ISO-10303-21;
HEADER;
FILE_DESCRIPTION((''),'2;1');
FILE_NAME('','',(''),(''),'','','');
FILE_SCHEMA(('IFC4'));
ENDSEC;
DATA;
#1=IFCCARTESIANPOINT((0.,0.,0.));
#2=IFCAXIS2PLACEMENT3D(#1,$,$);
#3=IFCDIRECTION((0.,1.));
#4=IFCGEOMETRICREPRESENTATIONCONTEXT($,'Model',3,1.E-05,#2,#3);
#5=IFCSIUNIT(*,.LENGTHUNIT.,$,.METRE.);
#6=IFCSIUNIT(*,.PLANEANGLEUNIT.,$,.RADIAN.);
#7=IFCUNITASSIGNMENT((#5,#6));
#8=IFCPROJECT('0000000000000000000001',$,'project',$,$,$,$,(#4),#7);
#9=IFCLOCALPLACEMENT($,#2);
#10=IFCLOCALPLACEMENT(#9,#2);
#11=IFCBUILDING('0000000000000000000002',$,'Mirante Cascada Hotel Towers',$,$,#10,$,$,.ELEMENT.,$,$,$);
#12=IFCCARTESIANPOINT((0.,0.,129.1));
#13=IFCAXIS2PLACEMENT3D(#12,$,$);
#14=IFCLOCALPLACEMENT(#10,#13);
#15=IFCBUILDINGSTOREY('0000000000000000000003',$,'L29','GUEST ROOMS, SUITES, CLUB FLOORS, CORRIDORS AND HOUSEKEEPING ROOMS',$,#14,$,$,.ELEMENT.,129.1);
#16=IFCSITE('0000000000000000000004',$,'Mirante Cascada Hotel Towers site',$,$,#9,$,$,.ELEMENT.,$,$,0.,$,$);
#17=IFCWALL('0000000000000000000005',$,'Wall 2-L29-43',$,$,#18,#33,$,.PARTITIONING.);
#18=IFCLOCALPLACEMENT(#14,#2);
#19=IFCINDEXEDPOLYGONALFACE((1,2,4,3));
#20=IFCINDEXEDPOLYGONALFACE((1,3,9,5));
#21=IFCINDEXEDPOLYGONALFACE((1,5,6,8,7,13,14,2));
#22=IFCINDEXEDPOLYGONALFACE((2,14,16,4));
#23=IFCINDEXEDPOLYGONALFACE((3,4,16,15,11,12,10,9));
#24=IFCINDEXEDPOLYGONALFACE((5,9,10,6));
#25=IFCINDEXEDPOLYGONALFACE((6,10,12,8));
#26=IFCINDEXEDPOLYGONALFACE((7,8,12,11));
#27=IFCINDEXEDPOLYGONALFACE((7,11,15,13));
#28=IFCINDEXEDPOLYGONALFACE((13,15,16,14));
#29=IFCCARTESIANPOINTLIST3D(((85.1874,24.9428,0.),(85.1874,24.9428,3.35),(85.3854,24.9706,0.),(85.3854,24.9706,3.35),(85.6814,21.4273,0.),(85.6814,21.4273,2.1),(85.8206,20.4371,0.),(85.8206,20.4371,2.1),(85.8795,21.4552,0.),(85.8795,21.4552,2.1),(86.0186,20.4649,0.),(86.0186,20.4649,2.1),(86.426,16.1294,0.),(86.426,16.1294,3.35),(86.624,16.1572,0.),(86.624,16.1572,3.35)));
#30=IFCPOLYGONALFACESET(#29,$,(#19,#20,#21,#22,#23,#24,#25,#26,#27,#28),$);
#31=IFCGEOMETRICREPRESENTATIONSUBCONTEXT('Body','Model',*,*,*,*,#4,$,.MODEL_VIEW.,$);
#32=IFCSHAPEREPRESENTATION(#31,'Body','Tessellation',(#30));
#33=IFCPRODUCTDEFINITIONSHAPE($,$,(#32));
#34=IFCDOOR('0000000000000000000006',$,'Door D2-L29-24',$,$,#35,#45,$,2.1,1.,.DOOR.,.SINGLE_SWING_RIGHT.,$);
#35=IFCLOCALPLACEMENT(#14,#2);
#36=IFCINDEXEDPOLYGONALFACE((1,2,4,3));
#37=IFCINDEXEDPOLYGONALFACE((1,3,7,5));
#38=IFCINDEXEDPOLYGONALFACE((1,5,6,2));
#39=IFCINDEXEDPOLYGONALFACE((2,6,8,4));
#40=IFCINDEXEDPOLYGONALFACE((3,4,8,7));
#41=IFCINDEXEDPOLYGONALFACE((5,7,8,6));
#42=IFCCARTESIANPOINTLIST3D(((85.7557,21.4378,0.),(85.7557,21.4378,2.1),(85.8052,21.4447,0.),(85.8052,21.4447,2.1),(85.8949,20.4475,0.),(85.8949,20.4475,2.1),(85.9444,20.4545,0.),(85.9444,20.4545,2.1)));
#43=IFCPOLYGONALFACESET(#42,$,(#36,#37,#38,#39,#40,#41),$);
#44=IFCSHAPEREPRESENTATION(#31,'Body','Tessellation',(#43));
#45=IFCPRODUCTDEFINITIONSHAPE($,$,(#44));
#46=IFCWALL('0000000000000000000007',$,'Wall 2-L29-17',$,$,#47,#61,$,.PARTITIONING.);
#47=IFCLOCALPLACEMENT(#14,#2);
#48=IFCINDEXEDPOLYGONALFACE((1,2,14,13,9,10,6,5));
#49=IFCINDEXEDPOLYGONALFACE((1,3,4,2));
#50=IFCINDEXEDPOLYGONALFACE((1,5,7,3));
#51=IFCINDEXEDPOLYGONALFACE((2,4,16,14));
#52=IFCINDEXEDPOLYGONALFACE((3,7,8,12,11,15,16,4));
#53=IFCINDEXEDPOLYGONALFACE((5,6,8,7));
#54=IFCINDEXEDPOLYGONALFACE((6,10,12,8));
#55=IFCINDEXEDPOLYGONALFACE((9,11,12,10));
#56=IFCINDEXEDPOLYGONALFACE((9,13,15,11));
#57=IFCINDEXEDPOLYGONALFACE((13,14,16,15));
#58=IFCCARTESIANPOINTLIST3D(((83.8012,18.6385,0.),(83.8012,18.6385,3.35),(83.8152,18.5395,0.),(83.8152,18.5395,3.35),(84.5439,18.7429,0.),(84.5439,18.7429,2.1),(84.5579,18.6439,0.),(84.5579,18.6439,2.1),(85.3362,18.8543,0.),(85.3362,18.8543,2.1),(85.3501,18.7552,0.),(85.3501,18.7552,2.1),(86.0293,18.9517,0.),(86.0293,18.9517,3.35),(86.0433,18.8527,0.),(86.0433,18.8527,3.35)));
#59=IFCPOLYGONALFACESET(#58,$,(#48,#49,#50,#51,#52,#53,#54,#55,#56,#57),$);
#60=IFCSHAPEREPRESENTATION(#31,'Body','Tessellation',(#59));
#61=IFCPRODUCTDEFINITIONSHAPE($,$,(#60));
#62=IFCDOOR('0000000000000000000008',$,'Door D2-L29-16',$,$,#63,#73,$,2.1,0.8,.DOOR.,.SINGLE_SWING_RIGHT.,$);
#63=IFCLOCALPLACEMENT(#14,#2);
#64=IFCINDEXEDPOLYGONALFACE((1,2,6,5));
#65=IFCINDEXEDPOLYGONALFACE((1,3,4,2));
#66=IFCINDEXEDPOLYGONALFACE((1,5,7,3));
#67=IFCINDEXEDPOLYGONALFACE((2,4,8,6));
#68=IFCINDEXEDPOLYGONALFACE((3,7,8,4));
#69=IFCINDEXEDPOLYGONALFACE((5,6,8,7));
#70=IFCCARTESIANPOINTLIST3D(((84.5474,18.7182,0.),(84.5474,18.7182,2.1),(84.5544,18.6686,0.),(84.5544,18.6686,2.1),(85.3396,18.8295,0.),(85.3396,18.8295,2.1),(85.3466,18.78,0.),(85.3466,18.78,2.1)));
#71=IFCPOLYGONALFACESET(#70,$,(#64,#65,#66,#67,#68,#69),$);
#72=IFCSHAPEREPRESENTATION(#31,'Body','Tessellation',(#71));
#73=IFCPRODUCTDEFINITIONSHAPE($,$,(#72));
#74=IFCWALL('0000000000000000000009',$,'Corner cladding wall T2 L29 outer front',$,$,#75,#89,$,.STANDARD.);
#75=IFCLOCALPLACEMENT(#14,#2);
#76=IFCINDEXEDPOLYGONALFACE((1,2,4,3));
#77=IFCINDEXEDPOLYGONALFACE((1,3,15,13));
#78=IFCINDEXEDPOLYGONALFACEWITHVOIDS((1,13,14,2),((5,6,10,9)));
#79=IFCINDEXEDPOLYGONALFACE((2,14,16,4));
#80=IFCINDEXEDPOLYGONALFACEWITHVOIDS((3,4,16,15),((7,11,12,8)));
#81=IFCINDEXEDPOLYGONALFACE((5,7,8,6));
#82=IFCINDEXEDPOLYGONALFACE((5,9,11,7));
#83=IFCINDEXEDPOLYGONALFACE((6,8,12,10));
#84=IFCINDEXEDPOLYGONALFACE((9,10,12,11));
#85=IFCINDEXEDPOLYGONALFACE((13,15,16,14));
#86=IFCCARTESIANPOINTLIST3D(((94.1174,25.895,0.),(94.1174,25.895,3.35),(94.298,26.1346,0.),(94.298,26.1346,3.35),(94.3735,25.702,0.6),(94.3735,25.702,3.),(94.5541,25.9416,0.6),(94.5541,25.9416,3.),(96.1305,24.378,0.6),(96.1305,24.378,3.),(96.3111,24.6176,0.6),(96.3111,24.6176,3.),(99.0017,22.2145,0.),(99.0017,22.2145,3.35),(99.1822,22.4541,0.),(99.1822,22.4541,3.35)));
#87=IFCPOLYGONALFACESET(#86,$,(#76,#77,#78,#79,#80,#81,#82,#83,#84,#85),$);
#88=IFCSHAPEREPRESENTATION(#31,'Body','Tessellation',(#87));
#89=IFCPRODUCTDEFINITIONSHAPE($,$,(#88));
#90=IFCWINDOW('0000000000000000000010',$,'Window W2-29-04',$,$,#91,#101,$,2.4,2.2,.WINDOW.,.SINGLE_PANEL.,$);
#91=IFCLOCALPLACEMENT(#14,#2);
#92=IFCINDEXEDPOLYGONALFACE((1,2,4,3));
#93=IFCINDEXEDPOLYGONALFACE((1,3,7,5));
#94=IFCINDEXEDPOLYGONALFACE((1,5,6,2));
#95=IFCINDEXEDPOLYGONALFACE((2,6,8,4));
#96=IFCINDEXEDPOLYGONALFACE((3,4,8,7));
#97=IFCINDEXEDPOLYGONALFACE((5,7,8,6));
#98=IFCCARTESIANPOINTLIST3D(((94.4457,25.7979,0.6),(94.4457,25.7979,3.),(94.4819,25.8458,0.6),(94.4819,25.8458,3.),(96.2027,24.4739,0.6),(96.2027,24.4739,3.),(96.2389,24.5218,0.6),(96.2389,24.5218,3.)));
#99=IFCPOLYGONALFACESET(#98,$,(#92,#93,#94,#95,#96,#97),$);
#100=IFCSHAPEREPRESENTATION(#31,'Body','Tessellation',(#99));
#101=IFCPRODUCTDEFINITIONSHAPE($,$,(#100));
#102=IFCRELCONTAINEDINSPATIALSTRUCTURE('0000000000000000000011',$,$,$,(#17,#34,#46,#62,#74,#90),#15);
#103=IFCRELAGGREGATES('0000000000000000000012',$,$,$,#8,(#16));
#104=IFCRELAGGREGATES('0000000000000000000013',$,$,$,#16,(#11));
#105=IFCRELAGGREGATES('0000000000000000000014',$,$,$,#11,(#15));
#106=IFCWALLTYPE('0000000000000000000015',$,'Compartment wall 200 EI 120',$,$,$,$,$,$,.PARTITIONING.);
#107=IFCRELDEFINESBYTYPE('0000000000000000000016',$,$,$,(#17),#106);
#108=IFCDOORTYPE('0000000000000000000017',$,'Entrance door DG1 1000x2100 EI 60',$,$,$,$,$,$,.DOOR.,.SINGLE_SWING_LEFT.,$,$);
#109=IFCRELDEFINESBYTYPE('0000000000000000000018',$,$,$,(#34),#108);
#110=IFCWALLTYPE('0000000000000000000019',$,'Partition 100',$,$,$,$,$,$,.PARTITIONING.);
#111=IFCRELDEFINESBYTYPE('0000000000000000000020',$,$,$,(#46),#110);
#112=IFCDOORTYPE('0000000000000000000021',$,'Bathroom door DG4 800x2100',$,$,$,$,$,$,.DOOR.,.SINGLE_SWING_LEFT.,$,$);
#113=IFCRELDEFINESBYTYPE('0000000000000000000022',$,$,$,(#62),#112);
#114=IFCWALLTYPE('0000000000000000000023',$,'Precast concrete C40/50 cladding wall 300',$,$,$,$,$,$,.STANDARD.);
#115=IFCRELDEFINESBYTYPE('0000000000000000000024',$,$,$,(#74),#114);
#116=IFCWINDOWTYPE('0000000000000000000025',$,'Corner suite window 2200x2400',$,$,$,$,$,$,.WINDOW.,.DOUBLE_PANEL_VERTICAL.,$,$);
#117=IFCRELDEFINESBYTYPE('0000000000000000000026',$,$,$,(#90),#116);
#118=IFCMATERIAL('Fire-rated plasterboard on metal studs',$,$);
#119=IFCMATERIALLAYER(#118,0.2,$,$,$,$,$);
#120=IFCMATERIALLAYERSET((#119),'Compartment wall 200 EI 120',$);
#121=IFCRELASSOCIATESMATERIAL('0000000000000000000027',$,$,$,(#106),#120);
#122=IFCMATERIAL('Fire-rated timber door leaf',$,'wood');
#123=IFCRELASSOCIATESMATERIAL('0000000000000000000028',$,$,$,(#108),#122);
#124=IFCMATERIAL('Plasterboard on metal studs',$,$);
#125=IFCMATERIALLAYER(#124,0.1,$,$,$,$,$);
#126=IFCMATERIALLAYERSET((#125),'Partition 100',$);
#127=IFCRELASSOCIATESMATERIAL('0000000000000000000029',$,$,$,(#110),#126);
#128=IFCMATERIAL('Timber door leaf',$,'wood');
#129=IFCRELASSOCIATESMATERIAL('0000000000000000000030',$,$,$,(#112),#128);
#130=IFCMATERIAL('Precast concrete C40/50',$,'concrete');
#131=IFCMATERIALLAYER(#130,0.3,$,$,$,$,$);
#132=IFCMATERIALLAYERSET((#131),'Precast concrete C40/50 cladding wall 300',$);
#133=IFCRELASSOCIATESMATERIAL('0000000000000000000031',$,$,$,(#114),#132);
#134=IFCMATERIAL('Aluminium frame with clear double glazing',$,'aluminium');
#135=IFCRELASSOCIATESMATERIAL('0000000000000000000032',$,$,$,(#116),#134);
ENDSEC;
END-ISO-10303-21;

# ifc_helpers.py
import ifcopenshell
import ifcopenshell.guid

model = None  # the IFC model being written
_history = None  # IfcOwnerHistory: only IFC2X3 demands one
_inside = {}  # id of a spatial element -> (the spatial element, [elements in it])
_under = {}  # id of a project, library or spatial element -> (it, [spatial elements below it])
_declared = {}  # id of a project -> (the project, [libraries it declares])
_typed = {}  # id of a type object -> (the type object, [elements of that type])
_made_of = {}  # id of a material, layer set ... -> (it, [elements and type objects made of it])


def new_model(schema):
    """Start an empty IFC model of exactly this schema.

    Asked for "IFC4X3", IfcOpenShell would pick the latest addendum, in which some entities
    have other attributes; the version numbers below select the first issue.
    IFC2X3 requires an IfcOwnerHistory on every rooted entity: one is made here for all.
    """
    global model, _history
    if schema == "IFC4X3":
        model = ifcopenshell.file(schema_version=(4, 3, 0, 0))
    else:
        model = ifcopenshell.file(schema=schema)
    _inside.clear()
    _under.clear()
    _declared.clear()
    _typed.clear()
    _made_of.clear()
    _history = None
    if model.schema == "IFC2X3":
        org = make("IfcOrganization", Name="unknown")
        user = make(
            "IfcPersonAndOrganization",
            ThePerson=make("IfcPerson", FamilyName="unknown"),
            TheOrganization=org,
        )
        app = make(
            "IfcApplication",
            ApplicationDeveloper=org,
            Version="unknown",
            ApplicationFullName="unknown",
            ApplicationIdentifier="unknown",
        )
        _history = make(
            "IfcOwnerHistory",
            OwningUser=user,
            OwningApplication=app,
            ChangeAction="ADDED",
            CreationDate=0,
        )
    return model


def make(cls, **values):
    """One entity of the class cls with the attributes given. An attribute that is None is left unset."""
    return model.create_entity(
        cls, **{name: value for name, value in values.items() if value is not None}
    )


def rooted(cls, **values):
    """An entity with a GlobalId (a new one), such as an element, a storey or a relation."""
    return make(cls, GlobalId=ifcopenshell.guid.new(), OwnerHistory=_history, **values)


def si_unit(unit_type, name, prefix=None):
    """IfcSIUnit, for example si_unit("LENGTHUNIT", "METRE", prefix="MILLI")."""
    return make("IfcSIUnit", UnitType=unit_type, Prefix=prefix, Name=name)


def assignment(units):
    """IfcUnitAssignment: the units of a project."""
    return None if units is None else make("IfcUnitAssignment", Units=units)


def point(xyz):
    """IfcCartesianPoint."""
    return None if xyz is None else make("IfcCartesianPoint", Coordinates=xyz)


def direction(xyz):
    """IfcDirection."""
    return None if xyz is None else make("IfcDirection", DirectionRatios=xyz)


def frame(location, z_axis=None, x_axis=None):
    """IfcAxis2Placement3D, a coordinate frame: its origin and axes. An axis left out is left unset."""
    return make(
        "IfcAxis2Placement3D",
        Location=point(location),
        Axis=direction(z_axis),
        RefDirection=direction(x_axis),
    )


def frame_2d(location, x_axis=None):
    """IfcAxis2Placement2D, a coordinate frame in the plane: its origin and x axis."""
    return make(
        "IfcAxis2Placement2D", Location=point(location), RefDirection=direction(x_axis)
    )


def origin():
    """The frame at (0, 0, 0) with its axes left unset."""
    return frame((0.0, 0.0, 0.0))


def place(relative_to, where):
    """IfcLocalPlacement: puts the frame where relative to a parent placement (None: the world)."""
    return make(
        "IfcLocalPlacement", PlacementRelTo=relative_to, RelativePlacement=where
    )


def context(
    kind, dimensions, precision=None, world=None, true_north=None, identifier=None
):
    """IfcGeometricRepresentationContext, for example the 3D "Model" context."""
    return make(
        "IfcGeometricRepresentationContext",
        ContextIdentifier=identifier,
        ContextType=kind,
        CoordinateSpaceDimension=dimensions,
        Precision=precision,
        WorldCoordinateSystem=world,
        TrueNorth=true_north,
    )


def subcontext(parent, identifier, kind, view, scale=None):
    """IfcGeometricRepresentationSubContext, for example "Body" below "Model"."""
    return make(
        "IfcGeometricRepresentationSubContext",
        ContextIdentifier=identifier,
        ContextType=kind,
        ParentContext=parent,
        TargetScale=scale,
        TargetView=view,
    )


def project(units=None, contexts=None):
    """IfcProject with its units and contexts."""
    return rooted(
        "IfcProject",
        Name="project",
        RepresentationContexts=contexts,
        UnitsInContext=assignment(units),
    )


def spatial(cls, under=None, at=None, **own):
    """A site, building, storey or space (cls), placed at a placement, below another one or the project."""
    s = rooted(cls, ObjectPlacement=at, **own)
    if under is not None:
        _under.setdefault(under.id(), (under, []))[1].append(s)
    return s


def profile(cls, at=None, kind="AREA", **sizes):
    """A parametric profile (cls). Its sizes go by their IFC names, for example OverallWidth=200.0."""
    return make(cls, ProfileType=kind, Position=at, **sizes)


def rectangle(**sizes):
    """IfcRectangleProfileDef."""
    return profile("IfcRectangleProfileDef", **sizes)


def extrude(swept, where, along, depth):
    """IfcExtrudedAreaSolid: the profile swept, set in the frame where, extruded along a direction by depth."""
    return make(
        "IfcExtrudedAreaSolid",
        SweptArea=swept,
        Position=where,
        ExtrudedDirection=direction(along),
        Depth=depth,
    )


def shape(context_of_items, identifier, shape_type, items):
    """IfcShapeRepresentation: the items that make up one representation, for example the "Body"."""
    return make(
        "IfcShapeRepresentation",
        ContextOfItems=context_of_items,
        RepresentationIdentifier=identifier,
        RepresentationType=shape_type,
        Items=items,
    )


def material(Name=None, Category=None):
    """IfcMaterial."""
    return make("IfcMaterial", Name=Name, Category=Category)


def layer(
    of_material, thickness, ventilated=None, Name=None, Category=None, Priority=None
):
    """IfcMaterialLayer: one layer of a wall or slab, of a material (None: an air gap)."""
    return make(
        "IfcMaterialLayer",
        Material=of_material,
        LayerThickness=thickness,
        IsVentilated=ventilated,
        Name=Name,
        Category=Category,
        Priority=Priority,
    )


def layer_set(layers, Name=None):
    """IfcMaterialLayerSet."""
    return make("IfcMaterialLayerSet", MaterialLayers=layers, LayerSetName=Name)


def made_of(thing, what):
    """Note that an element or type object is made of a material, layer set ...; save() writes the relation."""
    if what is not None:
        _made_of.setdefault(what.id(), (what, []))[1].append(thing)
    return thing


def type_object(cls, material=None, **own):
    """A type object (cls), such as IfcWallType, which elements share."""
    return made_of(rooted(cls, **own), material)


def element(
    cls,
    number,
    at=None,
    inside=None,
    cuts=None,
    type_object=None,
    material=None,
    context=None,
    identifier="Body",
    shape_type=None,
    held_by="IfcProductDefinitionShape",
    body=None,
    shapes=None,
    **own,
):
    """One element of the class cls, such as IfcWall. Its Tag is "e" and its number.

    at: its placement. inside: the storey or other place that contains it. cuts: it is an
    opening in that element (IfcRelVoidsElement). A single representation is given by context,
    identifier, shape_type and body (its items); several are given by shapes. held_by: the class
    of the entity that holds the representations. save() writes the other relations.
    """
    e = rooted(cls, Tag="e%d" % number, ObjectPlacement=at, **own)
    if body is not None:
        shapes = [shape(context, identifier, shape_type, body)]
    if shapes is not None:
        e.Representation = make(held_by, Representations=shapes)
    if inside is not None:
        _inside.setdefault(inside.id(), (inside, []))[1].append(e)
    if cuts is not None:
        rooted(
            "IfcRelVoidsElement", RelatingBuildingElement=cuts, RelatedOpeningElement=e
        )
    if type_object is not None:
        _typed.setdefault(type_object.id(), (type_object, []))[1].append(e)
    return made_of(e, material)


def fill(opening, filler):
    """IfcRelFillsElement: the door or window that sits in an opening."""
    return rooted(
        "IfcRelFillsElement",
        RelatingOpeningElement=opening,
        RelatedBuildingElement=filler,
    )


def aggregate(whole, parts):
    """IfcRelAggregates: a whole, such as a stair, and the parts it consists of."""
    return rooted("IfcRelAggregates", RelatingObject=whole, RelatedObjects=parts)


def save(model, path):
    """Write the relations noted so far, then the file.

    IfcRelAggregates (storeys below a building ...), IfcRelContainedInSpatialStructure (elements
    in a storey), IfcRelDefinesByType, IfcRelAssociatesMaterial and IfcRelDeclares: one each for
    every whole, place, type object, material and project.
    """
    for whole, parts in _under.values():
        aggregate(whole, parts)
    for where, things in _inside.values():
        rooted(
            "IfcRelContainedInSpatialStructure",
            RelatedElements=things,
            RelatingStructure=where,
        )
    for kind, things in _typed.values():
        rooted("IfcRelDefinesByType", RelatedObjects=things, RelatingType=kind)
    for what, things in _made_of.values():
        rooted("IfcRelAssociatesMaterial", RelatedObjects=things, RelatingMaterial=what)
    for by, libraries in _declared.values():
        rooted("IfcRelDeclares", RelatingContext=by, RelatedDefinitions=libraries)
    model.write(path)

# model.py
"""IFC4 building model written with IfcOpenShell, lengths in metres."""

from ifc_helpers import new_model, si_unit, direction, frame, frame_2d, origin, place, context, subcontext, project, spatial, rectangle, extrude, material, layer, layer_set, type_object, element, fill, save


model = new_model("IFC4")

# Units and contexts
model_context = context("Model", 3, precision=1e-05, world=origin(), true_north=direction((0.0, 1.0)))
body_context = subcontext(model_context, "Body", "Model", "MODEL_VIEW")
ifc_project = project(units=[si_unit("LENGTHUNIT", "METRE"), si_unit("PLANEANGLEUNIT", "RADIAN")], contexts=[model_context])

# Site, building, storey
site_placement = place(None, origin())
site = spatial("IfcSite", under=ifc_project, at=site_placement, Name="Mirante Cascada Hotel Towers site", CompositionType="ELEMENT", RefElevation=0.0)
building_placement = place(site_placement, origin())
building = spatial("IfcBuilding", under=site, at=building_placement, Name="Mirante Cascada Hotel Towers", CompositionType="ELEMENT")
storey_placement = place(building_placement, frame((0.0, 0.0, 129.1)))
storey = spatial("IfcBuildingStorey", under=building, at=storey_placement, Name="L29", Description="GUEST ROOMS, SUITES, CLUB FLOORS, CORRIDORS AND HOUSEKEEPING ROOMS", CompositionType="ELEMENT", Elevation=129.1)

# Shared definitions
ifc_material_1 = material(Name="Fire-rated plasterboard on metal studs")
ifc_layer_1 = layer(ifc_material_1, 0.2)
ifc_layer_set_1 = layer_set([ifc_layer_1], Name="Compartment wall 200 EI 120")
wall_type_1 = type_object("IfcWallType", Name="Compartment wall 200 EI 120", PredefinedType="PARTITIONING", material=ifc_layer_set_1)

# Walls, openings, doors
wall_1_placement = place(storey_placement, frame((85.2864, 24.9567, 0.0), z_axis=(0.0, 0.0, 1.0), x_axis=(0.139168, -0.990269, 0.0)))
wall_1 = element("IfcWall", 1, at=wall_1_placement, inside=storey, type_object=wall_type_1, Name="Wall 2-L29-43", PredefinedType="PARTITIONING", context=body_context, shape_type="SweptSolid", body=[
    extrude(rectangle(XDim=8.9, YDim=0.2, at=frame_2d((4.45, 0.0))), origin(), (0.0, 0.0, 1.0), 3.35),
])
opening_1_placement = place(wall_1_placement, frame((3.55, 0.0, 0.0)))
opening_1 = element("IfcOpeningElement", 2, at=opening_1_placement, cuts=wall_1, PredefinedType="OPENING", context=body_context, shape_type="SweptSolid", body=[
    extrude(rectangle(XDim=1.0, YDim=2.1, at=frame_2d((0.5, 1.05))), frame((0.0, 0.1, 0.0), z_axis=(0.0, -1.0, 0.0), x_axis=(1.0, 0.0, 0.0)), (0.0, 0.0, 1.0), 0.2),
])
ifc_material_2 = material(Name="Fire-rated timber door leaf", Category="wood")
door_type_1 = type_object("IfcDoorType", Name="Entrance door DG1 1000x2100 EI 60", OperationType="SINGLE_SWING_LEFT", PredefinedType="DOOR", material=ifc_material_2)
door_1_placement = place(opening_1_placement, frame((1.0, 0.0, 0.0), z_axis=(0.0, 0.0, 1.0), x_axis=(-1.0, 0.0, 0.0)))
door_1 = element("IfcDoor", 3, at=door_1_placement, inside=storey, type_object=door_type_1, Name="Door D2-L29-24", OperationType="SINGLE_SWING_RIGHT", OverallHeight=2.1, OverallWidth=1.0, PredefinedType="DOOR", context=body_context, shape_type="SweptSolid", body=[
    extrude(rectangle(XDim=1.0, YDim=2.1, at=frame_2d((0.5, 1.05))), frame((0.0, 0.025, 0.0), z_axis=(0.0, -1.0, 0.0), x_axis=(1.0, 0.0, 0.0)), (0.0, 0.0, 1.0), 0.05),
])
fill(opening_1, door_1)
ifc_material_3 = material(Name="Plasterboard on metal studs")
ifc_layer_2 = layer(ifc_material_3, 0.1)
ifc_layer_set_2 = layer_set([ifc_layer_2], Name="Partition 100")
wall_type_2 = type_object("IfcWallType", Name="Partition 100", PredefinedType="PARTITIONING", material=ifc_layer_set_2)
wall_2_placement = place(storey_placement, frame((86.0363, 18.9022, 0.0), z_axis=(0.0, 0.0, 1.0), x_axis=(-0.990264, -0.1392, 0.0)))
wall_2 = element("IfcWall", 4, at=wall_2_placement, inside=storey, type_object=wall_type_2, Name="Wall 2-L29-17", PredefinedType="PARTITIONING", context=body_context, shape_type="SweptSolid", body=[
    extrude(rectangle(XDim=2.25, YDim=0.1, at=frame_2d((1.125, 0.0))), origin(), (0.0, 0.0, 1.0), 3.35),
])
opening_2_placement = place(wall_2_placement, frame((0.7, 0.0, 0.0)))
opening_2 = element("IfcOpeningElement", 5, at=opening_2_placement, cuts=wall_2, PredefinedType="OPENING", context=body_context, shape_type="SweptSolid", body=[
    extrude(rectangle(XDim=0.8, YDim=2.1, at=frame_2d((0.4, 1.05))), frame((0.0, 0.05, 0.0), z_axis=(0.0, -1.0, 0.0), x_axis=(1.0, 0.0, 0.0)), (0.0, 0.0, 1.0), 0.1),
])
ifc_material_4 = material(Name="Timber door leaf", Category="wood")
door_type_2 = type_object("IfcDoorType", Name="Bathroom door DG4 800x2100", OperationType="SINGLE_SWING_LEFT", PredefinedType="DOOR", material=ifc_material_4)
door_2_placement = place(opening_2_placement, frame((0.8, 0.0, 0.0), z_axis=(0.0, 0.0, 1.0), x_axis=(-1.0, 0.0, 0.0)))
door_2 = element("IfcDoor", 6, at=door_2_placement, inside=storey, type_object=door_type_2, Name="Door D2-L29-16", OperationType="SINGLE_SWING_RIGHT", OverallHeight=2.1, OverallWidth=0.8, PredefinedType="DOOR", context=body_context, shape_type="SweptSolid", body=[
    extrude(rectangle(XDim=0.8, YDim=2.1, at=frame_2d((0.4, 1.05))), frame((0.0, 0.025, 0.0), z_axis=(0.0, -1.0, 0.0), x_axis=(1.0, 0.0, 0.0)), (0.0, 0.0, 1.0), 0.05),
])
fill(opening_2, door_2)

# Wall, opening, window
ifc_material_5 = material(Name="Precast concrete C40/50", Category="concrete")
ifc_layer_3 = layer(ifc_material_5, 0.3)
ifc_layer_set_3 = layer_set([ifc_layer_3], Name="Precast concrete C40/50 cladding wall 300")
wall_type_3 = type_object("IfcWallType", Name="Precast concrete C40/50 cladding wall 300", PredefinedType="STANDARD", material=ifc_layer_set_3)
wall_3_placement = place(storey_placement, frame((99.0919, 22.3343, 0.0), z_axis=(0.0, 0.0, 1.0), x_axis=(-0.798636, 0.601814, 0.0)))
wall_3 = element("IfcWall", 7, at=wall_3_placement, inside=storey, type_object=wall_type_3, Name="Corner cladding wall T2 L29 outer front", PredefinedType="STANDARD", context=body_context, shape_type="SweptSolid", body=[
    extrude(rectangle(XDim=6.1157, YDim=0.3, at=frame_2d((3.0578, 0.0))), origin(), (0.0, 0.0, 1.0), 3.35),
])
opening_3_placement = place(wall_3_placement, frame((3.595, 0.0, 0.6)))
opening_3 = element("IfcOpeningElement", 8, at=opening_3_placement, cuts=wall_3, PredefinedType="OPENING", context=body_context, shape_type="SweptSolid", body=[
    extrude(rectangle(XDim=2.2, YDim=2.4, at=frame_2d((1.1, 1.2))), frame((0.0, 0.15, 0.0), z_axis=(0.0, -1.0, 0.0), x_axis=(1.0, 0.0, 0.0)), (0.0, 0.0, 1.0), 0.3),
])
ifc_material_6 = material(Name="Aluminium frame with clear double glazing", Category="aluminium")
window_type = type_object("IfcWindowType", Name="Corner suite window 2200x2400", PartitioningType="DOUBLE_PANEL_VERTICAL", PredefinedType="WINDOW", material=ifc_material_6)
window_placement = place(opening_3_placement, origin())
window = element("IfcWindow", 9, at=window_placement, inside=storey, type_object=window_type, Name="Window W2-29-04", OverallHeight=2.4, OverallWidth=2.2, PartitioningType="SINGLE_PANEL", PredefinedType="WINDOW", context=body_context, shape_type="SweptSolid", body=[
    extrude(rectangle(XDim=2.2, YDim=2.4, at=frame_2d((1.1, 1.2))), frame((0.0, 0.03, 0.0), z_axis=(0.0, -1.0, 0.0), x_axis=(1.0, 0.0, 0.0)), (0.0, 0.0, 1.0), 0.06),
])
fill(opening_3, window)

save(model, "model.ifc")
